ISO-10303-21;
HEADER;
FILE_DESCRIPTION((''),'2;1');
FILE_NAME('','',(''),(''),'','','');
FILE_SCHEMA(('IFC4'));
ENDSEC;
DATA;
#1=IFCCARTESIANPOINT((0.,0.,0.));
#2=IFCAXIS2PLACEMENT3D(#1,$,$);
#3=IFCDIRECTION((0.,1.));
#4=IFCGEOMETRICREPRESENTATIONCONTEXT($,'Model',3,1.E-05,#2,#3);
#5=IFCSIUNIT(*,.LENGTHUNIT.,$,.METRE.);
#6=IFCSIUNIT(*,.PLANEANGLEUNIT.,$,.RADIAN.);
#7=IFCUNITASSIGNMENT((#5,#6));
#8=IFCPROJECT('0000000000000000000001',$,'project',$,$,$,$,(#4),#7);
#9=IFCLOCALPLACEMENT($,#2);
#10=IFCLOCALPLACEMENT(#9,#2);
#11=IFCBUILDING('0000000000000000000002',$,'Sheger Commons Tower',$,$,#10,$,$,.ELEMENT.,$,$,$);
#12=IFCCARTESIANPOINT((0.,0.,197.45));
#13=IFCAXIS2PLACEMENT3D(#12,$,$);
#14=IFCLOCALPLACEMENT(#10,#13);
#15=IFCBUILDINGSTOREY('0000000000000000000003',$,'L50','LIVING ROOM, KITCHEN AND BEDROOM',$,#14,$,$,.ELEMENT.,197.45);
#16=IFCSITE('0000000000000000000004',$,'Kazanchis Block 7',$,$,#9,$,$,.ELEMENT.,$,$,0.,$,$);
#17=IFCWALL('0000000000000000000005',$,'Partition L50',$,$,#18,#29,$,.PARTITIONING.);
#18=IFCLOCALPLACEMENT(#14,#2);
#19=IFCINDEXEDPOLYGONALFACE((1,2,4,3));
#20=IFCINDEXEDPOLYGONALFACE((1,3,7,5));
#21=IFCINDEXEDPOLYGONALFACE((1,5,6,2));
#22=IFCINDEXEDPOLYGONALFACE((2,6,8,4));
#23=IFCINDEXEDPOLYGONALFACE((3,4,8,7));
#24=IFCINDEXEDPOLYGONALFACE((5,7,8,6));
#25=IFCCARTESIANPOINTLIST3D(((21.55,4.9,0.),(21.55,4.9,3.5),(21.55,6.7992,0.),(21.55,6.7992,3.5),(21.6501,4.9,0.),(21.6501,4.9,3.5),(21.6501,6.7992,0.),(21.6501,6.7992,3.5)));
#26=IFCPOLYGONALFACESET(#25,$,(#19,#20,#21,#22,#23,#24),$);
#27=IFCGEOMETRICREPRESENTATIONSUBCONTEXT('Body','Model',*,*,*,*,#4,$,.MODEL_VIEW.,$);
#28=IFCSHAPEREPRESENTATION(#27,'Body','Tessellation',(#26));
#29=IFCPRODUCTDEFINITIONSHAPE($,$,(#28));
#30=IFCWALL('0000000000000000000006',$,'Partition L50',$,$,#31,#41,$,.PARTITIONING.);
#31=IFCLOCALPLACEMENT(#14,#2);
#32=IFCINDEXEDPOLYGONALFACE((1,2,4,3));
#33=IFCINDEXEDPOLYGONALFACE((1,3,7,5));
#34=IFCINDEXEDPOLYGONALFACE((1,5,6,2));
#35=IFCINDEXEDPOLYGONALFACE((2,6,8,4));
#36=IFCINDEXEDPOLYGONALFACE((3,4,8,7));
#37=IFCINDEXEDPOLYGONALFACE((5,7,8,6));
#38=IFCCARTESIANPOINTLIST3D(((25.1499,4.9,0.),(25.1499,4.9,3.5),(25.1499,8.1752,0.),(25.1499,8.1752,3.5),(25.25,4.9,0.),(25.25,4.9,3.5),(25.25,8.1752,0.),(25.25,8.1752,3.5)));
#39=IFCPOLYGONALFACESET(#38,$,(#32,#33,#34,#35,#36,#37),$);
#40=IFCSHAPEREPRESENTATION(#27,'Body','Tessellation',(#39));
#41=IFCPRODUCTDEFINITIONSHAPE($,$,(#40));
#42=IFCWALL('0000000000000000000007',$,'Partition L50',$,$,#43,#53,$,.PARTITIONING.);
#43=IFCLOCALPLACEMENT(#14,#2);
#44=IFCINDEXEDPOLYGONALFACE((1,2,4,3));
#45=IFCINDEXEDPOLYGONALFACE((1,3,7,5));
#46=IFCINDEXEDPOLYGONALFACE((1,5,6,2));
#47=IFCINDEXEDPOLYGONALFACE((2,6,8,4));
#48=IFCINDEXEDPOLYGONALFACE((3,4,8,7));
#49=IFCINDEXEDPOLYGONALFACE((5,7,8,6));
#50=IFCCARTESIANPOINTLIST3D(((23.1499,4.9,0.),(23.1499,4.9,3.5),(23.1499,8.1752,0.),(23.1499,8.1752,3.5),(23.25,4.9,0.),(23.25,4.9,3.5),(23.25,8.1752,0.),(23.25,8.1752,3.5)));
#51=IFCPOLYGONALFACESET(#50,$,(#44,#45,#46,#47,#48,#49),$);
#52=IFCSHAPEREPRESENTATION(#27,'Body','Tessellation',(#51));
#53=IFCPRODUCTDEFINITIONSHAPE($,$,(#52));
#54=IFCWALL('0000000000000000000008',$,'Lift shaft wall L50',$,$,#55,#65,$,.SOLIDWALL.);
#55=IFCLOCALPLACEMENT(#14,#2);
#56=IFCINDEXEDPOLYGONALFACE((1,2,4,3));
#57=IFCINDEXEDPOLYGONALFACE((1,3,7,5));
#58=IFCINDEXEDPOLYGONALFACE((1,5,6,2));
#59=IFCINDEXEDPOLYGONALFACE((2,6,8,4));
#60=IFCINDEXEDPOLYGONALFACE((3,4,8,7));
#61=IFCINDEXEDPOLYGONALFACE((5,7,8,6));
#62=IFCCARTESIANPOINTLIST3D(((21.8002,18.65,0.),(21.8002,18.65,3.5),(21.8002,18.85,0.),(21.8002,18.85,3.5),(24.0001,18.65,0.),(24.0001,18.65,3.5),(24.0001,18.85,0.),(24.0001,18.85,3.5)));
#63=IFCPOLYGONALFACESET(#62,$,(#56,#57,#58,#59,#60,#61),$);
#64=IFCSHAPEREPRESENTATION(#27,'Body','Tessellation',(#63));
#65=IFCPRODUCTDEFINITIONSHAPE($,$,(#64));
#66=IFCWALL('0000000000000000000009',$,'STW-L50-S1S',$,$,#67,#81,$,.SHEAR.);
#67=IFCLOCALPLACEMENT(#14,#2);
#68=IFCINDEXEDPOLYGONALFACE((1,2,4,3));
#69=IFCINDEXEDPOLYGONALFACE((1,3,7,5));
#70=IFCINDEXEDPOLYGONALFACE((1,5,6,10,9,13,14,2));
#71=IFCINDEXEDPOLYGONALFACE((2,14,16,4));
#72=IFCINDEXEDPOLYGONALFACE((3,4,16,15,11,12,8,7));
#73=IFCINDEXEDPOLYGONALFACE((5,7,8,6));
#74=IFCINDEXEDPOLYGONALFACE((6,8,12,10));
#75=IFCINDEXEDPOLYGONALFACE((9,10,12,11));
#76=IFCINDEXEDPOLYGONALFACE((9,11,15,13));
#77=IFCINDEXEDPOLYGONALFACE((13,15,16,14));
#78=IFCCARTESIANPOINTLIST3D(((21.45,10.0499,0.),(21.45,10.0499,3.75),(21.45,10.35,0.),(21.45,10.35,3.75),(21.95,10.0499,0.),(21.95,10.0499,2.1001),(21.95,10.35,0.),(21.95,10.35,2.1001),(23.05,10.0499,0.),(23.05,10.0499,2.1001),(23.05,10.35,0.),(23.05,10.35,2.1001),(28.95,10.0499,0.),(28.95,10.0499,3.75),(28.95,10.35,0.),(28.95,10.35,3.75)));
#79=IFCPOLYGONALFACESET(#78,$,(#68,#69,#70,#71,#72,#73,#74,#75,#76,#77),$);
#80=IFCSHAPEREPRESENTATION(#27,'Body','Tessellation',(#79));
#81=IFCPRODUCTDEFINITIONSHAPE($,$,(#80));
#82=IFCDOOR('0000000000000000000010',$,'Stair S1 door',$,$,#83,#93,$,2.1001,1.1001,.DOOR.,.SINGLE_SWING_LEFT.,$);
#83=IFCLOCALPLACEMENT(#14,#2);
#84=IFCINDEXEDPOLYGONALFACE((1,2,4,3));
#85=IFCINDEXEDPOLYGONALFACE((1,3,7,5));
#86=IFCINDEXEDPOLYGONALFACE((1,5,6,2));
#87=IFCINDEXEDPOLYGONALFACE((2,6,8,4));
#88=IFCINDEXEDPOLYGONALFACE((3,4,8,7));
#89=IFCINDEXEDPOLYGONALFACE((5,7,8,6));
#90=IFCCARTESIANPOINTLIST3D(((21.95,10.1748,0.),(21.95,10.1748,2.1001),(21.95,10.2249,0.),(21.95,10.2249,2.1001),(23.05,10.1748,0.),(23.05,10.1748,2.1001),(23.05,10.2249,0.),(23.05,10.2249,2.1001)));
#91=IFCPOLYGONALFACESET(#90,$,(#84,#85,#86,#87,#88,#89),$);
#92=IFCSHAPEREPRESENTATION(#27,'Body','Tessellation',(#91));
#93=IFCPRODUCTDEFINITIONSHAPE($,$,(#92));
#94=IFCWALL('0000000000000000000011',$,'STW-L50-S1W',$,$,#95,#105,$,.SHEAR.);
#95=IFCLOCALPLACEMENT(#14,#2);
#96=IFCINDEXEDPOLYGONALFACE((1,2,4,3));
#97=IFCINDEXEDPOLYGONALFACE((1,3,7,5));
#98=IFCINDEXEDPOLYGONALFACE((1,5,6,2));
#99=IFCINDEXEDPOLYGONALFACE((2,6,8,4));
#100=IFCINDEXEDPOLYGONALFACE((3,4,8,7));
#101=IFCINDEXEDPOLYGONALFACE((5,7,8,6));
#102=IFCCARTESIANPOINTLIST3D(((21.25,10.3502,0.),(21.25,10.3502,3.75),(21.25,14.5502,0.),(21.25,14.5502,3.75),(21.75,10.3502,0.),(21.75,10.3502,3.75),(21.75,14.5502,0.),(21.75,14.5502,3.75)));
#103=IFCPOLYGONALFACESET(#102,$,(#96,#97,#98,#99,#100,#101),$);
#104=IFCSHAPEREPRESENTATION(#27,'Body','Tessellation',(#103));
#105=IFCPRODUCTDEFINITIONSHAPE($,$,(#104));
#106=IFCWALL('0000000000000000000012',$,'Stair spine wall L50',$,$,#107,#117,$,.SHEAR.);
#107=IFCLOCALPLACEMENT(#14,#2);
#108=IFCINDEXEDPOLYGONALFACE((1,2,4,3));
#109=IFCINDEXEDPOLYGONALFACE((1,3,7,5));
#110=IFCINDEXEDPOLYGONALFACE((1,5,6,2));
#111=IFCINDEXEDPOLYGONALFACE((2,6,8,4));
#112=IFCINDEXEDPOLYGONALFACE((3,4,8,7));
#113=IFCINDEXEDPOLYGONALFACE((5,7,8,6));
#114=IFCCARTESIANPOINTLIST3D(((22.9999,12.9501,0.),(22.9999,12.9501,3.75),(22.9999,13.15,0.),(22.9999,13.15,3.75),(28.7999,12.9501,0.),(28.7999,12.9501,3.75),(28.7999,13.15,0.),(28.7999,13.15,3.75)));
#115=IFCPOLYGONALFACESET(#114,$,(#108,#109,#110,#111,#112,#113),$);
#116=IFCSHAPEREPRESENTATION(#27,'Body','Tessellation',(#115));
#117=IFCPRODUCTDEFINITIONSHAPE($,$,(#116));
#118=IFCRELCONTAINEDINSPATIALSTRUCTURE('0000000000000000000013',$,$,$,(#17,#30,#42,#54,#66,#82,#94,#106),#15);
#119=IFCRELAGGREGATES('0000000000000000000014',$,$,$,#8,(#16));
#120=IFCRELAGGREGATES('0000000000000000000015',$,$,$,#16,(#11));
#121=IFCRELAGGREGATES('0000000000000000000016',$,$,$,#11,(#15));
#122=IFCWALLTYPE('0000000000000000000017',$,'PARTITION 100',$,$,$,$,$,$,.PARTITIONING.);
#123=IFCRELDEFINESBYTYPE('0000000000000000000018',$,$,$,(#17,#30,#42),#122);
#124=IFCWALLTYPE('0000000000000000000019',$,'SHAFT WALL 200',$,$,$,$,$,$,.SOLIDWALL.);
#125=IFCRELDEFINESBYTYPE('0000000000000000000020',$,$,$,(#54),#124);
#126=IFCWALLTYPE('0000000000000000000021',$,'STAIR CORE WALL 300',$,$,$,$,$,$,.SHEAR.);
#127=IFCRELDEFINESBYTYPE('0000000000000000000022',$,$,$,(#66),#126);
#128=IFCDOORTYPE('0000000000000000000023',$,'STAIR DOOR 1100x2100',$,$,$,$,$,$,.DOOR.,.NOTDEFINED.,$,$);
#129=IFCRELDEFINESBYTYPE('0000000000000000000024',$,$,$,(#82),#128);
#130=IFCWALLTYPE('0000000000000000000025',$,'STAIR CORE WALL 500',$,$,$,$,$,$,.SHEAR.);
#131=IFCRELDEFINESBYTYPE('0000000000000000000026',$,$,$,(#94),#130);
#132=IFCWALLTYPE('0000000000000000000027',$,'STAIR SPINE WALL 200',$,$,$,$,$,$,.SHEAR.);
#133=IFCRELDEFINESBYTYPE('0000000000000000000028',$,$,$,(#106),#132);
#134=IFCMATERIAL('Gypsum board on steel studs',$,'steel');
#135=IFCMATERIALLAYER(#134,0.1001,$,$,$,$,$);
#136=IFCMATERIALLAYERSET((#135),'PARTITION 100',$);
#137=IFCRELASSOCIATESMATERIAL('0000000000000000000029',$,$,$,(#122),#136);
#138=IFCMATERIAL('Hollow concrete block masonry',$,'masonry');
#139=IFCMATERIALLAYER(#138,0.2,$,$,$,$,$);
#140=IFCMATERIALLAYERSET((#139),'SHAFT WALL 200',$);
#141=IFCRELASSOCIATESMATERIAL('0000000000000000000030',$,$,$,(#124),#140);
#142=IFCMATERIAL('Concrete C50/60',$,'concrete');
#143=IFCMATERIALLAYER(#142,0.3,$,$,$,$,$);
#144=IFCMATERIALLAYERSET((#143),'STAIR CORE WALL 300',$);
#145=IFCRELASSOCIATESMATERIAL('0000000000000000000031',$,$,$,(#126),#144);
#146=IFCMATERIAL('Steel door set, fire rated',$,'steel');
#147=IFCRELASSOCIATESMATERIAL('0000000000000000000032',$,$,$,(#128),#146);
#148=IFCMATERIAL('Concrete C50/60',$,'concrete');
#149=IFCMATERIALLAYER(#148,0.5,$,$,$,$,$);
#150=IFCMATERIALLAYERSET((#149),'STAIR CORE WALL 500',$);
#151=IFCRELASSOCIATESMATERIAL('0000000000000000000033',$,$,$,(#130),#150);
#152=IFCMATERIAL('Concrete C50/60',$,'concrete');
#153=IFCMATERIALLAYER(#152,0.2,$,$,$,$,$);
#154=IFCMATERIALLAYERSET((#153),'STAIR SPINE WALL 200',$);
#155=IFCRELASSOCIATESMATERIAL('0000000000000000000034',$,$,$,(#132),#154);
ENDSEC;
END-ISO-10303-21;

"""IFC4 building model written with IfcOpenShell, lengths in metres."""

from ifc_helpers import new_model, si_unit, direction, frame, frame_2d, origin, place, context, subcontext, project, spatial, rectangle, extrude, material, layer, layer_set, type_object, element, fill, save


model = new_model("IFC4")

# Units and contexts
model_context = context("Model", 3, precision=1e-05, world=origin(), true_north=direction((0.0, 1.0)))
body_context = subcontext(model_context, "Body", "Model", "MODEL_VIEW")
ifc_project = project(units=[si_unit("LENGTHUNIT", "METRE"), si_unit("PLANEANGLEUNIT", "RADIAN")], contexts=[model_context])

# Site, building, storey
site_placement = place(None, origin())
site = spatial("IfcSite", under=ifc_project, at=site_placement, Name="Kazanchis Block 7", CompositionType="ELEMENT", RefElevation=0.0)
building_placement = place(site_placement, origin())
building = spatial("IfcBuilding", under=site, at=building_placement, Name="Sheger Commons Tower", CompositionType="ELEMENT")
storey_placement = place(building_placement, frame((0.0, 0.0, 197.45)))
storey = spatial("IfcBuildingStorey", under=building, at=storey_placement, Name="L50", Description="LIVING ROOM, KITCHEN AND BEDROOM", CompositionType="ELEMENT", Elevation=197.45)

# Walls
ifc_material_1 = material(Name="Gypsum board on steel studs", Category="steel")
ifc_layer_1 = layer(ifc_material_1, 0.1001)
ifc_layer_set_1 = layer_set([ifc_layer_1], Name="PARTITION 100")
wall_type_1 = type_object("IfcWallType", Name="PARTITION 100", PredefinedType="PARTITIONING", material=ifc_layer_set_1)
wall_1_placement = place(storey_placement, frame((21.6001, 4.8999, 0.0), z_axis=(0.0, 0.0, 1.0), x_axis=(0.0, 1.0, 0.0)))
element("IfcWall", 1, at=wall_1_placement, inside=storey, type_object=wall_type_1, Name="Partition L50", PredefinedType="PARTITIONING", context=body_context, shape_type="SweptSolid", body=[
    extrude(rectangle(XDim=1.8992, YDim=0.1001, at=frame_2d((0.9497, 0.0))), origin(), (0.0, 0.0, 1.0), 3.5),
])
for number, where, z_axis, x_axis, name in (
    (2, (25.2, 4.8999, 0.0), (0.0, 0.0, 1.0), (0.0, 1.0, 0.0), "Partition L50"),
    (3, (23.2, 4.8999, 0.0), (0.0, 0.0, 1.0), (0.0, 1.0, 0.0), "Partition L50"),
):
    element("IfcWall", number, at=place(storey_placement, frame(where, z_axis=z_axis, x_axis=x_axis)), inside=storey, type_object=wall_type_1, Name=name, PredefinedType="PARTITIONING", context=body_context, shape_type="SweptSolid", body=[
        extrude(rectangle(XDim=3.2751, YDim=0.1001, at=frame_2d((1.6377, 0.0))), origin(), (0.0, 0.0, 1.0), 3.5),
    ])
ifc_material_2 = material(Name="Hollow concrete block masonry", Category="masonry")
ifc_layer_2 = layer(ifc_material_2, 0.2)
ifc_layer_set_2 = layer_set([ifc_layer_2], Name="SHAFT WALL 200")
wall_type_2 = type_object("IfcWallType", Name="SHAFT WALL 200", PredefinedType="SOLIDWALL", material=ifc_layer_set_2)
wall_2_placement = place(storey_placement, frame((21.8, 18.75, 0.0), z_axis=(0.0, 0.0, 1.0), x_axis=(1.0, 0.0, 0.0)))
element("IfcWall", 4, at=wall_2_placement, inside=storey, type_object=wall_type_2, Name="Lift shaft wall L50", PredefinedType="SOLIDWALL", context=body_context, shape_type="SweptSolid", body=[
    extrude(rectangle(XDim=2.2, YDim=0.2, at=frame_2d((1.1001, 0.0))), origin(), (0.0, 0.0, 1.0), 3.5),
])

# Wall, opening, door
ifc_material_3 = material(Name="Concrete C50/60", Category="concrete")
ifc_layer_3 = layer(ifc_material_3, 0.3)
ifc_layer_set_3 = layer_set([ifc_layer_3], Name="STAIR CORE WALL 300")
wall_type_3 = type_object("IfcWallType", Name="STAIR CORE WALL 300", PredefinedType="SHEAR", material=ifc_layer_set_3)
wall_3_placement = place(storey_placement, frame((21.45, 10.2, 0.0), z_axis=(0.0, 0.0, 1.0), x_axis=(1.0, 0.0, 0.0)))
wall_3 = element("IfcWall", 5, at=wall_3_placement, inside=storey, type_object=wall_type_3, Name="STW-L50-S1S", PredefinedType="SHEAR", context=body_context, shape_type="SweptSolid", body=[
    extrude(rectangle(XDim=7.5, YDim=0.3, at=frame_2d((3.75, 0.0))), origin(), (0.0, 0.0, 1.0), 3.75),
])
opening_1_placement = place(wall_3_placement, frame((0.5, 0.0, 0.0)))
opening_1 = element("IfcOpeningElement", 6, at=opening_1_placement, cuts=wall_3, PredefinedType="OPENING", context=body_context, shape_type="SweptSolid", body=[
    extrude(rectangle(XDim=1.1001, YDim=2.1001, at=frame_2d((0.55, 1.05))), frame((0.0, 0.1599, 0.0), z_axis=(0.0, -1.0, 0.0), x_axis=(1.0, 0.0, 0.0)), (0.0, 0.0, 1.0), 0.3201),
])
ifc_material_4 = material(Name="Steel door set, fire rated", Category="steel")
door_type_1 = type_object("IfcDoorType", Name="STAIR DOOR 1100x2100", OperationType="NOTDEFINED", PredefinedType="DOOR", material=ifc_material_4)
door_1_placement = place(opening_1_placement, origin())
door_1 = element("IfcDoor", 7, at=door_1_placement, inside=storey, type_object=door_type_1, Name="Stair S1 door", OperationType="SINGLE_SWING_LEFT", OverallHeight=2.1001, OverallWidth=1.1001, PredefinedType="DOOR", context=body_context, shape_type="SweptSolid", body=[
    extrude(rectangle(XDim=1.1001, YDim=2.1001, at=frame_2d((0.55, 1.05))), frame((0.0, 0.0249, 0.0), z_axis=(0.0, -1.0, 0.0), x_axis=(1.0, 0.0, 0.0)), (0.0, 0.0, 1.0), 0.05),
])
fill(opening_1, door_1)

# Walls
ifc_material_5 = material(Name="Concrete C50/60", Category="concrete")
ifc_layer_4 = layer(ifc_material_5, 0.5)
ifc_layer_set_4 = layer_set([ifc_layer_4], Name="STAIR CORE WALL 500")
wall_type_4 = type_object("IfcWallType", Name="STAIR CORE WALL 500", PredefinedType="SHEAR", material=ifc_layer_set_4)
wall_4_placement = place(storey_placement, frame((21.5, 10.3501, 0.0), z_axis=(0.0, 0.0, 1.0), x_axis=(0.0, 1.0, 0.0)))
element("IfcWall", 8, at=wall_4_placement, inside=storey, type_object=wall_type_4, Name="STW-L50-S1W", PredefinedType="SHEAR", context=body_context, shape_type="SweptSolid", body=[
    extrude(rectangle(XDim=4.2, YDim=0.5, at=frame_2d((2.1001, 0.0))), origin(), (0.0, 0.0, 1.0), 3.75),
])
ifc_material_6 = material(Name="Concrete C50/60", Category="concrete")
ifc_layer_5 = layer(ifc_material_6, 0.2)
ifc_layer_set_5 = layer_set([ifc_layer_5], Name="STAIR SPINE WALL 200")
wall_type_5 = type_object("IfcWallType", Name="STAIR SPINE WALL 200", PredefinedType="SHEAR", material=ifc_layer_set_5)
wall_5_placement = place(storey_placement, frame((23.0, 13.05, 0.0), z_axis=(0.0, 0.0, 1.0), x_axis=(1.0, 0.0, 0.0)))
element("IfcWall", 9, at=wall_5_placement, inside=storey, type_object=wall_type_5, Name="Stair spine wall L50", PredefinedType="SHEAR", context=body_context, shape_type="SweptSolid", body=[
    extrude(rectangle(XDim=5.8, YDim=0.2, at=frame_2d((2.8999, 0.0))), origin(), (0.0, 0.0, 1.0), 3.75),
])

save(model, "model.ifc")
